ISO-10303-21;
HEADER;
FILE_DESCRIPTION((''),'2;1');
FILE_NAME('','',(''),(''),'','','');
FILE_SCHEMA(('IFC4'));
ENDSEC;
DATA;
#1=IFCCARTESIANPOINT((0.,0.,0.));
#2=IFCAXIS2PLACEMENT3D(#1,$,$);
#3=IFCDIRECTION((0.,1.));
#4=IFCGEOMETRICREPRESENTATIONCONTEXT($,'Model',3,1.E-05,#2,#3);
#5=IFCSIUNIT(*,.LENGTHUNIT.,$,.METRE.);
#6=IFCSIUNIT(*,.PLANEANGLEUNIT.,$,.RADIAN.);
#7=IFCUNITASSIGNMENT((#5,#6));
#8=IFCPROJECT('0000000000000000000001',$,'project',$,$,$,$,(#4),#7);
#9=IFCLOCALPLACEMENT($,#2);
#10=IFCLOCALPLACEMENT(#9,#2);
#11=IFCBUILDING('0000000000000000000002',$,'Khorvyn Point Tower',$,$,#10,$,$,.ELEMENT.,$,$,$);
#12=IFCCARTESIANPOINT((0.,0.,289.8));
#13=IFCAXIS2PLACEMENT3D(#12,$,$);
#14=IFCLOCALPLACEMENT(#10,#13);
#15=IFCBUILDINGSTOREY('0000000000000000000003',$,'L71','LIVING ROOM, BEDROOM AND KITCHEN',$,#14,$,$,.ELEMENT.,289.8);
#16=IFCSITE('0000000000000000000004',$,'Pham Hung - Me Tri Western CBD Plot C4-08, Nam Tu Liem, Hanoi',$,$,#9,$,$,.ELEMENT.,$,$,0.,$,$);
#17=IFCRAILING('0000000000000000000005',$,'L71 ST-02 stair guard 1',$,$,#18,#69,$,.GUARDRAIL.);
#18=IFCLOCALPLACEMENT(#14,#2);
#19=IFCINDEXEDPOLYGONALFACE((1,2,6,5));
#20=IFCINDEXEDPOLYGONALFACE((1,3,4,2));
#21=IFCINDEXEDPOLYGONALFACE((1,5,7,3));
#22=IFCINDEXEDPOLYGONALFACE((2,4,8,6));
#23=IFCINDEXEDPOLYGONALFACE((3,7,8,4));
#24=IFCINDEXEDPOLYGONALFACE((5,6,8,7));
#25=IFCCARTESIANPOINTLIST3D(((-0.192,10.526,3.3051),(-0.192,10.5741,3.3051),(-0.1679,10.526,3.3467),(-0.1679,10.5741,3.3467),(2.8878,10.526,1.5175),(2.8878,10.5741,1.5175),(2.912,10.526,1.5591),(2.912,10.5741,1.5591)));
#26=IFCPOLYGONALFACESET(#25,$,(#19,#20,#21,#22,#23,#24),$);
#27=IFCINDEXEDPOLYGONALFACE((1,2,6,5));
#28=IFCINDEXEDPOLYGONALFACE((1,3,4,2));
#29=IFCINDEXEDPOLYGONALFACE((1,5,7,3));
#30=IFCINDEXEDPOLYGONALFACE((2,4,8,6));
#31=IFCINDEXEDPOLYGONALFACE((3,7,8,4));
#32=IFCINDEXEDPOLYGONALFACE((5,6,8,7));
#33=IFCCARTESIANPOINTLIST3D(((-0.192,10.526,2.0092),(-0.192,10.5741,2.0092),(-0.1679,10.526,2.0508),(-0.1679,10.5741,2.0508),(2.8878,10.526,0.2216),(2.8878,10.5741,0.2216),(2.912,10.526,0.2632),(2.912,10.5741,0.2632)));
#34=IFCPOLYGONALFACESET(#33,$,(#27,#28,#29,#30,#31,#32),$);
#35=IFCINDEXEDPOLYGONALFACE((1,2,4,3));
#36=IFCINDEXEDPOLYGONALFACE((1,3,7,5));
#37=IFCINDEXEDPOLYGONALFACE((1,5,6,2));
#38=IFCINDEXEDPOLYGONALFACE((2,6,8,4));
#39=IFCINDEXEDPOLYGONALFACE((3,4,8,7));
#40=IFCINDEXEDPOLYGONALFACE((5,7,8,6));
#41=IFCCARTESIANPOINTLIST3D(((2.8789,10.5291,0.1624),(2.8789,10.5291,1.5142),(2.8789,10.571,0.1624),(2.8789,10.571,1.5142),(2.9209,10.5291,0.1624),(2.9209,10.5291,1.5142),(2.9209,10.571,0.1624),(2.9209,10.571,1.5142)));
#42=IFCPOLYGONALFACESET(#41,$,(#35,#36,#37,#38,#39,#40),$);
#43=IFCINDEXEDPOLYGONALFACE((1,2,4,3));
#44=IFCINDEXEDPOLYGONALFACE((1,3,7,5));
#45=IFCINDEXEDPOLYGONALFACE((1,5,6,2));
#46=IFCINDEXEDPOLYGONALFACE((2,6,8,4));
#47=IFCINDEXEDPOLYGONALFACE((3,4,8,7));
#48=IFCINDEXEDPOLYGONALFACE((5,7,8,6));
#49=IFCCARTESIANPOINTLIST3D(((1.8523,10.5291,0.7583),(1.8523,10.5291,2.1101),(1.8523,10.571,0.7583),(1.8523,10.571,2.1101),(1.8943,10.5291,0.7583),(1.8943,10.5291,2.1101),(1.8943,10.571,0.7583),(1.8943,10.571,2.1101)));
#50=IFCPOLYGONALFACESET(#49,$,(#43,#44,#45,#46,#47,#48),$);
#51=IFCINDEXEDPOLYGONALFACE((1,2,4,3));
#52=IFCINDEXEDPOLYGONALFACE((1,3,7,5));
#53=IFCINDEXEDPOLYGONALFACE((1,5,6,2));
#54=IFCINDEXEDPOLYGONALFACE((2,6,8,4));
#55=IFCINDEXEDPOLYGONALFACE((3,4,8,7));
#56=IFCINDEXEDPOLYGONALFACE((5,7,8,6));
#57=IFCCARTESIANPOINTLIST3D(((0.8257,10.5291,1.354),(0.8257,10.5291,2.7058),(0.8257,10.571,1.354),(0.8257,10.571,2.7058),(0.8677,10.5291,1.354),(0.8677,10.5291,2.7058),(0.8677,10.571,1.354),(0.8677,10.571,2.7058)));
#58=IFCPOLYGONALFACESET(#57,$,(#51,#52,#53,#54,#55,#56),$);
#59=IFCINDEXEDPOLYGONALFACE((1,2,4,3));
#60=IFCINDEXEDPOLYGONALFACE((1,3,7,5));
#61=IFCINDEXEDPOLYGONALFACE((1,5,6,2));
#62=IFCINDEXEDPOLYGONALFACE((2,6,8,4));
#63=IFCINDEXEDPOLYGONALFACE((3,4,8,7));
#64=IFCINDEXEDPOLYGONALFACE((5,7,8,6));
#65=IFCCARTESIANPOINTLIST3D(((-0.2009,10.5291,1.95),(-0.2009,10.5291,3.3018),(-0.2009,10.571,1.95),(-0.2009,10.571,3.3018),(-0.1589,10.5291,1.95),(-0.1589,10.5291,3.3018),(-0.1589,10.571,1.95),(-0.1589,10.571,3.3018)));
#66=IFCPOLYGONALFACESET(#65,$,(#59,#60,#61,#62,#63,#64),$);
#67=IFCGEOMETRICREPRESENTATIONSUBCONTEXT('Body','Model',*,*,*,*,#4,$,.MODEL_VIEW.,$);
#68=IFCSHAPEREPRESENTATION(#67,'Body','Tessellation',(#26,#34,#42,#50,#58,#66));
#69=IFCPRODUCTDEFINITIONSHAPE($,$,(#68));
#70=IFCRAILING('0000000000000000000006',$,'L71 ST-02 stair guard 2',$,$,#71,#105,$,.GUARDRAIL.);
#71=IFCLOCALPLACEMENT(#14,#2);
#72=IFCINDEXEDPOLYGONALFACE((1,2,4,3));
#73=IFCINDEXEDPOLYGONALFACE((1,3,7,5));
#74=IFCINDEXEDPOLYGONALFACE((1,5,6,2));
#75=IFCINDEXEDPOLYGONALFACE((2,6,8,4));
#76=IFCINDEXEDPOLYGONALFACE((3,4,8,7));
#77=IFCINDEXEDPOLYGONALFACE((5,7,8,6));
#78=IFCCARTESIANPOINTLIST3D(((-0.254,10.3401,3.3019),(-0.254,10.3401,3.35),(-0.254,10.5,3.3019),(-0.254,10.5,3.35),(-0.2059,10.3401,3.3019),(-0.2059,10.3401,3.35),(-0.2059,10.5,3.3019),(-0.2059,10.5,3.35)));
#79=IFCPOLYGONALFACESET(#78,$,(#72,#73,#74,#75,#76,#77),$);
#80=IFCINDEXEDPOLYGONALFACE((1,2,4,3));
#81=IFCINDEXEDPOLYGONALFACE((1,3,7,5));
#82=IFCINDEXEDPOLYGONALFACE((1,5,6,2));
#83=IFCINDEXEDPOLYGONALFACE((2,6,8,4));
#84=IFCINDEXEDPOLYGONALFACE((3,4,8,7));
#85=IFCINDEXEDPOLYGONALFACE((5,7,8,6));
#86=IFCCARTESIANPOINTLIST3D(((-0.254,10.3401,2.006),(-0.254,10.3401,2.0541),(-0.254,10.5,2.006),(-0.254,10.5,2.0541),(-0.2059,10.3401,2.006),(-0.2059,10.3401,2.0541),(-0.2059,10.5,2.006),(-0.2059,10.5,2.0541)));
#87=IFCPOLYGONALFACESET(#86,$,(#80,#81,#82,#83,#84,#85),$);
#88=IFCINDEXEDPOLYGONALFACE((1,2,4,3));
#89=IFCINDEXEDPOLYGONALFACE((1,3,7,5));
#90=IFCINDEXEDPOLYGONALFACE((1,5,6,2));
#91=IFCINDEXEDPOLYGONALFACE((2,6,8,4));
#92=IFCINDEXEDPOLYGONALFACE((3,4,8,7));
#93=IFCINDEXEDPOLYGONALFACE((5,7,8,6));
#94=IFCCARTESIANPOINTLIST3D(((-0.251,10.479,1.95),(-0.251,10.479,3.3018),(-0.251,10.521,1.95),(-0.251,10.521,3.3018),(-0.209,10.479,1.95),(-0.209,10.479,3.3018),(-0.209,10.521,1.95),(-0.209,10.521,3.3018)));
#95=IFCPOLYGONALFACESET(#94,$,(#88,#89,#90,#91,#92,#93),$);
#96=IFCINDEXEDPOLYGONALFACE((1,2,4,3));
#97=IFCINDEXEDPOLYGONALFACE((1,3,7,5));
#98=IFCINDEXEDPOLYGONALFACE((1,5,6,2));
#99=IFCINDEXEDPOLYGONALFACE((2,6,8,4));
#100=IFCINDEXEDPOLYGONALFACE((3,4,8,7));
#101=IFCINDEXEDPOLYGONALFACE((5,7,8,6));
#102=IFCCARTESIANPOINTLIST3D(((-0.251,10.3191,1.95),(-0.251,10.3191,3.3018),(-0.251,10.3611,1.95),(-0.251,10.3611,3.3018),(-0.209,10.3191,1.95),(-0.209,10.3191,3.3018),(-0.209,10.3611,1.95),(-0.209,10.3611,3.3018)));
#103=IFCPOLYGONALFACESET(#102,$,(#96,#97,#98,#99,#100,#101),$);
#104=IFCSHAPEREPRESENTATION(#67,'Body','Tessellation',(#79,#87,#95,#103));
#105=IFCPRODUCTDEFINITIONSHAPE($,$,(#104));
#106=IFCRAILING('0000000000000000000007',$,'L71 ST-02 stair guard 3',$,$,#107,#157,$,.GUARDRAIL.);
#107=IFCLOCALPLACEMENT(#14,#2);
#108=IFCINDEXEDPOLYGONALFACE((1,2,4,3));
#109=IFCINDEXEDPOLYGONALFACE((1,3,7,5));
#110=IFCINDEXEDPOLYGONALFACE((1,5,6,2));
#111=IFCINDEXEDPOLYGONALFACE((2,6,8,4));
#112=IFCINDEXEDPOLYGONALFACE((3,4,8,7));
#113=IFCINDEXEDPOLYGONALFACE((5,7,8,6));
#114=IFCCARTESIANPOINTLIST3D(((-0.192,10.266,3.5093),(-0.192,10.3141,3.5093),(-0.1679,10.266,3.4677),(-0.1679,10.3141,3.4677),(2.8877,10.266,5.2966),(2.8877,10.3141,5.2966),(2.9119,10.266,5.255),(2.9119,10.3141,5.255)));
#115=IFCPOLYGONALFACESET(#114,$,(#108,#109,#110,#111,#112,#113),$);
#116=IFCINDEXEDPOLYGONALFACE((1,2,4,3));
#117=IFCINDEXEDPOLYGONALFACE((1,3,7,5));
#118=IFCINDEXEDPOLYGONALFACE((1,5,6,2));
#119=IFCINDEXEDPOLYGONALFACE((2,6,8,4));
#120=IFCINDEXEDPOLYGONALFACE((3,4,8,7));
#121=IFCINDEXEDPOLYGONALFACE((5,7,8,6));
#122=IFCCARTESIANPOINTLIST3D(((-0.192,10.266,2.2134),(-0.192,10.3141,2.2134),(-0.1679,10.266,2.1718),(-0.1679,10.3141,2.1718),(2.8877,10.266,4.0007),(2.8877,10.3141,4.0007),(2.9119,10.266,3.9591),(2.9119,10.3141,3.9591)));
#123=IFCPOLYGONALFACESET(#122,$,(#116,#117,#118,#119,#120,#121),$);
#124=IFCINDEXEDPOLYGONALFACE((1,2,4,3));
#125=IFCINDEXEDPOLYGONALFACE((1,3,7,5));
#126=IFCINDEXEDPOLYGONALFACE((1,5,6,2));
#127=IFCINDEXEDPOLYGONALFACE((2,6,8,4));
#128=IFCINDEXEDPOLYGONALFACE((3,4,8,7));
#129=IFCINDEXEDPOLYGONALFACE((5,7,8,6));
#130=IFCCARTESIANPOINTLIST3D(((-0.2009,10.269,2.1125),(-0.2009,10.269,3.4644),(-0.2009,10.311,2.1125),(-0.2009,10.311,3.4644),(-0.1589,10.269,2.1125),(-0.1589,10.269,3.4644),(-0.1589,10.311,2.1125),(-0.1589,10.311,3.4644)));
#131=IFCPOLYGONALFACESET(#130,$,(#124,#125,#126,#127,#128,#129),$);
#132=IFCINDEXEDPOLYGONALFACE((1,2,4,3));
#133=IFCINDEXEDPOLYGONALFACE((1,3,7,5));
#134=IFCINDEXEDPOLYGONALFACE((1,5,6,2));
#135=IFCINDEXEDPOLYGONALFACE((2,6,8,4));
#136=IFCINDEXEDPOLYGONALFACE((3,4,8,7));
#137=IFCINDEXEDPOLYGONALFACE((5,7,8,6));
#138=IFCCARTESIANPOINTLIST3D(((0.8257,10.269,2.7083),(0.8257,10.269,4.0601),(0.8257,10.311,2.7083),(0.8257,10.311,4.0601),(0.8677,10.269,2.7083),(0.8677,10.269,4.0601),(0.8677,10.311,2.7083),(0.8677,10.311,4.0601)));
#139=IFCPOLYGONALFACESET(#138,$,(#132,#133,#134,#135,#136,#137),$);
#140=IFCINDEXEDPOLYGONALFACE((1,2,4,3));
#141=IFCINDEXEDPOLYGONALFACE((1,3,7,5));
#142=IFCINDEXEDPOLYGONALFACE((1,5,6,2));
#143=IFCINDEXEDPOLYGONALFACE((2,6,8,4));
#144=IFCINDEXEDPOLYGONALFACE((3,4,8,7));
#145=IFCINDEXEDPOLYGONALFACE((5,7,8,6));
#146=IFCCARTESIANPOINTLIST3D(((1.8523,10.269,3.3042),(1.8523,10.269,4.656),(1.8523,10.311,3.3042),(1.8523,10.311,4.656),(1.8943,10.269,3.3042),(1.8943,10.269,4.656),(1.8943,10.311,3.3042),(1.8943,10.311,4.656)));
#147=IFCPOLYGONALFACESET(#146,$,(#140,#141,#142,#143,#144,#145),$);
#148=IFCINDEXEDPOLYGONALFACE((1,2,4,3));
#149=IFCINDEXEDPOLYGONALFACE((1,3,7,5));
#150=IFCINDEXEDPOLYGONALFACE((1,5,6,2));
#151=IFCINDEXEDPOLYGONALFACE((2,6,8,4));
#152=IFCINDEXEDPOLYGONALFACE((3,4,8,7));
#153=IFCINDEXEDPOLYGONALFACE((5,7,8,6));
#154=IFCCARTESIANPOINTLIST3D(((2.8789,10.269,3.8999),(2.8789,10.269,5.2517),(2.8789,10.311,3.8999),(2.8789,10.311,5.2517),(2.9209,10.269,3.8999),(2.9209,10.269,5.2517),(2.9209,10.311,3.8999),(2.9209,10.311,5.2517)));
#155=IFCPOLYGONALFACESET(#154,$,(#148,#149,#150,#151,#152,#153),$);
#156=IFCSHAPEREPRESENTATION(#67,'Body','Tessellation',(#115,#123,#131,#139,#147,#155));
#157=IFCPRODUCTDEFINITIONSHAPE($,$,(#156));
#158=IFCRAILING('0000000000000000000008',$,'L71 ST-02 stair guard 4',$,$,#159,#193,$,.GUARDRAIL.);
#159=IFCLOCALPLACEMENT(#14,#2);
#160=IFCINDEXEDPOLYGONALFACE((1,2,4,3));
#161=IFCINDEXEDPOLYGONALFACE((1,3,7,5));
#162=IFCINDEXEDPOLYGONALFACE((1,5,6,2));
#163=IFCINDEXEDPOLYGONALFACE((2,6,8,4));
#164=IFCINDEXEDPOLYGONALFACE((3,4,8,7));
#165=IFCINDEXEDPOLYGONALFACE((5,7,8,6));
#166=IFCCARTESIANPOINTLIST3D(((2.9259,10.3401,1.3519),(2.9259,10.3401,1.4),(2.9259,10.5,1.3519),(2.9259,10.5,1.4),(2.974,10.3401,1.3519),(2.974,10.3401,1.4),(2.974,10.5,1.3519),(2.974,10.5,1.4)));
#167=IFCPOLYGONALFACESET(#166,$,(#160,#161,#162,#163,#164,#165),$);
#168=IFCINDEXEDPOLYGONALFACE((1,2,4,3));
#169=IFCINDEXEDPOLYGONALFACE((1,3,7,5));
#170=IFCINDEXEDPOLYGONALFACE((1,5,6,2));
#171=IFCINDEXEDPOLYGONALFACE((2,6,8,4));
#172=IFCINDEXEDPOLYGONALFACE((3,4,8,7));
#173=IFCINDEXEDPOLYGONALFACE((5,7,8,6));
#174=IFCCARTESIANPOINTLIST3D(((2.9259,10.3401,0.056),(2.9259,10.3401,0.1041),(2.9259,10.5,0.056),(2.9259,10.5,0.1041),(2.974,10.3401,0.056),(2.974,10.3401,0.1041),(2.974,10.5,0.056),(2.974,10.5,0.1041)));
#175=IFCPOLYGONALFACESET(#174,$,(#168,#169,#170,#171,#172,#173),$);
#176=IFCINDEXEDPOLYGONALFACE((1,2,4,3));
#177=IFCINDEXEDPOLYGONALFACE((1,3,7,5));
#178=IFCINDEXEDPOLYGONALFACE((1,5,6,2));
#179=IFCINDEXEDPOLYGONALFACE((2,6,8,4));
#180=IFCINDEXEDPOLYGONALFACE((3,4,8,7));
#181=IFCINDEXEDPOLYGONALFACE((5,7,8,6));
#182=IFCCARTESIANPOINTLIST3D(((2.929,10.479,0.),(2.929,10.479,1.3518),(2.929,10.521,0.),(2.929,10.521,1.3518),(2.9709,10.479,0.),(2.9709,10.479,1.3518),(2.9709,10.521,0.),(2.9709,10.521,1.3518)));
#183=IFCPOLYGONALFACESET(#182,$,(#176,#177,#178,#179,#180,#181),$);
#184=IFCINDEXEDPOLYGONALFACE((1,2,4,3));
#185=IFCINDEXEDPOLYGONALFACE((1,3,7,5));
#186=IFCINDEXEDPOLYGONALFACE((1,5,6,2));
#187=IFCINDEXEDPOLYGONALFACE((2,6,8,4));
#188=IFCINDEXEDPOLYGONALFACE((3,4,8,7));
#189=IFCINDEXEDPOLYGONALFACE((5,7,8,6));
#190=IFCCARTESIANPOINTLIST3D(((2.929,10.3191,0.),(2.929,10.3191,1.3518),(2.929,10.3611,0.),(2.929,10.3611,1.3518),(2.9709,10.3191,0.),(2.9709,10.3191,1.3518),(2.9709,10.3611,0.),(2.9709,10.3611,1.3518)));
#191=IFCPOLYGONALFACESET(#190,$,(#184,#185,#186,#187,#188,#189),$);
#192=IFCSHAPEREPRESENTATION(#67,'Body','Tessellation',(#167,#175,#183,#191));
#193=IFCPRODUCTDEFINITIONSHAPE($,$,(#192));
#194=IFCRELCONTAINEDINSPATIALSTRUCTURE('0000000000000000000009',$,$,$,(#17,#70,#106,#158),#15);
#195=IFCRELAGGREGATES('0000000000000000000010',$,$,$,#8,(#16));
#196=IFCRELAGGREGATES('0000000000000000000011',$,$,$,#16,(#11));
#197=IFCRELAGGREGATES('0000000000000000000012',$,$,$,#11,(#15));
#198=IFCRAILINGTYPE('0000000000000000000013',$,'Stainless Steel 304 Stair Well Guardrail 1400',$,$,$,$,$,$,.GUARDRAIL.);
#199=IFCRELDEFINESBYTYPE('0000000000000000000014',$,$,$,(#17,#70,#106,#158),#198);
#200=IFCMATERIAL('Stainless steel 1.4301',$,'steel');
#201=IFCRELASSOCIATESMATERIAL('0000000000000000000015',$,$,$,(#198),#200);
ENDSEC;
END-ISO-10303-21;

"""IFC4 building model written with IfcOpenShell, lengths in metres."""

from ifc_helpers import new_model, si_unit, direction, frame, origin, origin_2d, place, context, subcontext, project, spatial, rectangle, extrude, material, type_object, element, save


model = new_model("IFC4")

# Units and contexts
model_context = context("Model", 3, precision=1e-05, world=origin(), true_north=direction((0.0, 1.0)))
body_context = subcontext(model_context, "Body", "Model", "MODEL_VIEW")
ifc_project = project(units=[si_unit("LENGTHUNIT", "METRE"), si_unit("PLANEANGLEUNIT", "RADIAN")], contexts=[model_context])

# Site, building, storey
site_placement = place(None, origin())
site = spatial("IfcSite", under=ifc_project, at=site_placement, Name="Pham Hung - Me Tri Western CBD Plot C4-08, Nam Tu Liem, Hanoi", CompositionType="ELEMENT", RefElevation=0.0)
building_placement = place(site_placement, origin())
building = spatial("IfcBuilding", under=site, at=building_placement, Name="Khorvyn Point Tower", CompositionType="ELEMENT")
storey_placement = place(building_placement, frame((0.0, 0.0, 289.8)))
storey = spatial("IfcBuildingStorey", under=building, at=storey_placement, Name="L71", Description="LIVING ROOM, BEDROOM AND KITCHEN", CompositionType="ELEMENT", Elevation=289.8)

# Shared definitions
ifc_material_1 = material(Name="Stainless steel 1.4301", Category="steel")

# Railings
railing_type_1 = type_object("IfcRailingType", Name="Stainless Steel 304 Stair Well Guardrail 1400", PredefinedType="GUARDRAIL", material=ifc_material_1)
railing_1_placement = place(storey_placement, frame((2.8999, 10.55, 0.1624)))
element("IfcRailing", 1, at=railing_1_placement, inside=storey, type_object=railing_type_1, Name="L71 ST-02 stair guard 1", PredefinedType="GUARDRAIL", context=body_context, shape_type="SweptSolid", body=[
    extrude(rectangle(XDim=0.0481, YDim=0.0481, at=origin_2d()), frame((0.0, 0.0, 1.376), z_axis=(-0.864873, 0.0, 0.50199), x_axis=(0.0, -1.0, 0.0)), (0.0, 0.0, 1.0), 3.561),
    extrude(rectangle(XDim=0.0481, YDim=0.0481, at=origin_2d()), frame((0.0, 0.0, 0.0801), z_axis=(-0.864873, 0.0, 0.50199), x_axis=(0.0, -1.0, 0.0)), (0.0, 0.0, 1.0), 3.561),
    extrude(rectangle(XDim=0.042, YDim=0.042, at=origin_2d()), origin(), (0.0, 0.0, 1.0), 1.3518),
    extrude(rectangle(XDim=0.042, YDim=0.042, at=origin_2d()), frame((-1.0266, 0.0, 0.5959)), (0.0, 0.0, 1.0), 1.3518),
    extrude(rectangle(XDim=0.042, YDim=0.042, at=origin_2d()), frame((-2.0532, 0.0, 1.1917)), (0.0, 0.0, 1.0), 1.3518),
    extrude(rectangle(XDim=0.042, YDim=0.042, at=origin_2d()), frame((-3.0798, 0.0, 1.7876)), (0.0, 0.0, 1.0), 1.3518),
])
railing_2_placement = place(storey_placement, frame((-0.23, 10.5, 1.95)))
element("IfcRailing", 2, at=railing_2_placement, inside=storey, type_object=railing_type_1, Name="L71 ST-02 stair guard 2", PredefinedType="GUARDRAIL", context=body_context, shape_type="SweptSolid", body=[
    extrude(rectangle(XDim=0.0481, YDim=0.0481, at=origin_2d()), frame((0.0, 0.0, 1.376), z_axis=(0.0, -1.0, 0.0), x_axis=(1.0, 0.0, 0.0)), (0.0, 0.0, 1.0), 0.1599),
    extrude(rectangle(XDim=0.0481, YDim=0.0481, at=origin_2d()), frame((0.0, 0.0, 0.0801), z_axis=(0.0, -1.0, 0.0), x_axis=(1.0, 0.0, 0.0)), (0.0, 0.0, 1.0), 0.1599),
    extrude(rectangle(XDim=0.042, YDim=0.042, at=origin_2d()), origin(), (0.0, 0.0, 1.0), 1.3518),
    extrude(rectangle(XDim=0.042, YDim=0.042, at=origin_2d()), frame((0.0, -0.1599, 0.0)), (0.0, 0.0, 1.0), 1.3518),
])
railing_3_placement = place(storey_placement, frame((-0.1799, 10.29, 2.1125)))
element("IfcRailing", 3, at=railing_3_placement, inside=storey, type_object=railing_type_1, Name="L71 ST-02 stair guard 3", PredefinedType="GUARDRAIL", context=body_context, shape_type="SweptSolid", body=[
    extrude(rectangle(XDim=0.0481, YDim=0.0481, at=origin_2d()), frame((0.0, 0.0, 1.376), z_axis=(0.864903, 0.0, 0.501939), x_axis=(0.0, 1.0, 0.0)), (0.0, 0.0, 1.0), 3.5608),
    extrude(rectangle(XDim=0.0481, YDim=0.0481, at=origin_2d()), frame((0.0, 0.0, 0.0801), z_axis=(0.864903, 0.0, 0.501939), x_axis=(0.0, 1.0, 0.0)), (0.0, 0.0, 1.0), 3.5608),
    extrude(rectangle(XDim=0.042, YDim=0.042, at=origin_2d()), origin(), (0.0, 0.0, 1.0), 1.3518),
    extrude(rectangle(XDim=0.042, YDim=0.042, at=origin_2d()), frame((1.0266, 0.0, 0.5957)), (0.0, 0.0, 1.0), 1.3518),
    extrude(rectangle(XDim=0.042, YDim=0.042, at=origin_2d()), frame((2.0532, 0.0, 1.1917)), (0.0, 0.0, 1.0), 1.3518),
    extrude(rectangle(XDim=0.042, YDim=0.042, at=origin_2d()), frame((3.0798, 0.0, 1.7874)), (0.0, 0.0, 1.0), 1.3518),
])
railing_4_placement = place(storey_placement, frame((2.95, 10.5, 0.0)))
element("IfcRailing", 4, at=railing_4_placement, inside=storey, type_object=railing_type_1, Name="L71 ST-02 stair guard 4", PredefinedType="GUARDRAIL", context=body_context, shape_type="SweptSolid", body=[
    extrude(rectangle(XDim=0.0481, YDim=0.0481, at=origin_2d()), frame((0.0, 0.0, 1.376), z_axis=(0.0, -1.0, 0.0), x_axis=(1.0, 0.0, 0.0)), (0.0, 0.0, 1.0), 0.1599),
    extrude(rectangle(XDim=0.0481, YDim=0.0481, at=origin_2d()), frame((0.0, 0.0, 0.0801), z_axis=(0.0, -1.0, 0.0), x_axis=(1.0, 0.0, 0.0)), (0.0, 0.0, 1.0), 0.1599),
    extrude(rectangle(XDim=0.042, YDim=0.042, at=origin_2d()), origin(), (0.0, 0.0, 1.0), 1.3518),
    extrude(rectangle(XDim=0.042, YDim=0.042, at=origin_2d()), frame((0.0, -0.1599, 0.0)), (0.0, 0.0, 1.0), 1.3518),
])

save(model, "model.ifc")
